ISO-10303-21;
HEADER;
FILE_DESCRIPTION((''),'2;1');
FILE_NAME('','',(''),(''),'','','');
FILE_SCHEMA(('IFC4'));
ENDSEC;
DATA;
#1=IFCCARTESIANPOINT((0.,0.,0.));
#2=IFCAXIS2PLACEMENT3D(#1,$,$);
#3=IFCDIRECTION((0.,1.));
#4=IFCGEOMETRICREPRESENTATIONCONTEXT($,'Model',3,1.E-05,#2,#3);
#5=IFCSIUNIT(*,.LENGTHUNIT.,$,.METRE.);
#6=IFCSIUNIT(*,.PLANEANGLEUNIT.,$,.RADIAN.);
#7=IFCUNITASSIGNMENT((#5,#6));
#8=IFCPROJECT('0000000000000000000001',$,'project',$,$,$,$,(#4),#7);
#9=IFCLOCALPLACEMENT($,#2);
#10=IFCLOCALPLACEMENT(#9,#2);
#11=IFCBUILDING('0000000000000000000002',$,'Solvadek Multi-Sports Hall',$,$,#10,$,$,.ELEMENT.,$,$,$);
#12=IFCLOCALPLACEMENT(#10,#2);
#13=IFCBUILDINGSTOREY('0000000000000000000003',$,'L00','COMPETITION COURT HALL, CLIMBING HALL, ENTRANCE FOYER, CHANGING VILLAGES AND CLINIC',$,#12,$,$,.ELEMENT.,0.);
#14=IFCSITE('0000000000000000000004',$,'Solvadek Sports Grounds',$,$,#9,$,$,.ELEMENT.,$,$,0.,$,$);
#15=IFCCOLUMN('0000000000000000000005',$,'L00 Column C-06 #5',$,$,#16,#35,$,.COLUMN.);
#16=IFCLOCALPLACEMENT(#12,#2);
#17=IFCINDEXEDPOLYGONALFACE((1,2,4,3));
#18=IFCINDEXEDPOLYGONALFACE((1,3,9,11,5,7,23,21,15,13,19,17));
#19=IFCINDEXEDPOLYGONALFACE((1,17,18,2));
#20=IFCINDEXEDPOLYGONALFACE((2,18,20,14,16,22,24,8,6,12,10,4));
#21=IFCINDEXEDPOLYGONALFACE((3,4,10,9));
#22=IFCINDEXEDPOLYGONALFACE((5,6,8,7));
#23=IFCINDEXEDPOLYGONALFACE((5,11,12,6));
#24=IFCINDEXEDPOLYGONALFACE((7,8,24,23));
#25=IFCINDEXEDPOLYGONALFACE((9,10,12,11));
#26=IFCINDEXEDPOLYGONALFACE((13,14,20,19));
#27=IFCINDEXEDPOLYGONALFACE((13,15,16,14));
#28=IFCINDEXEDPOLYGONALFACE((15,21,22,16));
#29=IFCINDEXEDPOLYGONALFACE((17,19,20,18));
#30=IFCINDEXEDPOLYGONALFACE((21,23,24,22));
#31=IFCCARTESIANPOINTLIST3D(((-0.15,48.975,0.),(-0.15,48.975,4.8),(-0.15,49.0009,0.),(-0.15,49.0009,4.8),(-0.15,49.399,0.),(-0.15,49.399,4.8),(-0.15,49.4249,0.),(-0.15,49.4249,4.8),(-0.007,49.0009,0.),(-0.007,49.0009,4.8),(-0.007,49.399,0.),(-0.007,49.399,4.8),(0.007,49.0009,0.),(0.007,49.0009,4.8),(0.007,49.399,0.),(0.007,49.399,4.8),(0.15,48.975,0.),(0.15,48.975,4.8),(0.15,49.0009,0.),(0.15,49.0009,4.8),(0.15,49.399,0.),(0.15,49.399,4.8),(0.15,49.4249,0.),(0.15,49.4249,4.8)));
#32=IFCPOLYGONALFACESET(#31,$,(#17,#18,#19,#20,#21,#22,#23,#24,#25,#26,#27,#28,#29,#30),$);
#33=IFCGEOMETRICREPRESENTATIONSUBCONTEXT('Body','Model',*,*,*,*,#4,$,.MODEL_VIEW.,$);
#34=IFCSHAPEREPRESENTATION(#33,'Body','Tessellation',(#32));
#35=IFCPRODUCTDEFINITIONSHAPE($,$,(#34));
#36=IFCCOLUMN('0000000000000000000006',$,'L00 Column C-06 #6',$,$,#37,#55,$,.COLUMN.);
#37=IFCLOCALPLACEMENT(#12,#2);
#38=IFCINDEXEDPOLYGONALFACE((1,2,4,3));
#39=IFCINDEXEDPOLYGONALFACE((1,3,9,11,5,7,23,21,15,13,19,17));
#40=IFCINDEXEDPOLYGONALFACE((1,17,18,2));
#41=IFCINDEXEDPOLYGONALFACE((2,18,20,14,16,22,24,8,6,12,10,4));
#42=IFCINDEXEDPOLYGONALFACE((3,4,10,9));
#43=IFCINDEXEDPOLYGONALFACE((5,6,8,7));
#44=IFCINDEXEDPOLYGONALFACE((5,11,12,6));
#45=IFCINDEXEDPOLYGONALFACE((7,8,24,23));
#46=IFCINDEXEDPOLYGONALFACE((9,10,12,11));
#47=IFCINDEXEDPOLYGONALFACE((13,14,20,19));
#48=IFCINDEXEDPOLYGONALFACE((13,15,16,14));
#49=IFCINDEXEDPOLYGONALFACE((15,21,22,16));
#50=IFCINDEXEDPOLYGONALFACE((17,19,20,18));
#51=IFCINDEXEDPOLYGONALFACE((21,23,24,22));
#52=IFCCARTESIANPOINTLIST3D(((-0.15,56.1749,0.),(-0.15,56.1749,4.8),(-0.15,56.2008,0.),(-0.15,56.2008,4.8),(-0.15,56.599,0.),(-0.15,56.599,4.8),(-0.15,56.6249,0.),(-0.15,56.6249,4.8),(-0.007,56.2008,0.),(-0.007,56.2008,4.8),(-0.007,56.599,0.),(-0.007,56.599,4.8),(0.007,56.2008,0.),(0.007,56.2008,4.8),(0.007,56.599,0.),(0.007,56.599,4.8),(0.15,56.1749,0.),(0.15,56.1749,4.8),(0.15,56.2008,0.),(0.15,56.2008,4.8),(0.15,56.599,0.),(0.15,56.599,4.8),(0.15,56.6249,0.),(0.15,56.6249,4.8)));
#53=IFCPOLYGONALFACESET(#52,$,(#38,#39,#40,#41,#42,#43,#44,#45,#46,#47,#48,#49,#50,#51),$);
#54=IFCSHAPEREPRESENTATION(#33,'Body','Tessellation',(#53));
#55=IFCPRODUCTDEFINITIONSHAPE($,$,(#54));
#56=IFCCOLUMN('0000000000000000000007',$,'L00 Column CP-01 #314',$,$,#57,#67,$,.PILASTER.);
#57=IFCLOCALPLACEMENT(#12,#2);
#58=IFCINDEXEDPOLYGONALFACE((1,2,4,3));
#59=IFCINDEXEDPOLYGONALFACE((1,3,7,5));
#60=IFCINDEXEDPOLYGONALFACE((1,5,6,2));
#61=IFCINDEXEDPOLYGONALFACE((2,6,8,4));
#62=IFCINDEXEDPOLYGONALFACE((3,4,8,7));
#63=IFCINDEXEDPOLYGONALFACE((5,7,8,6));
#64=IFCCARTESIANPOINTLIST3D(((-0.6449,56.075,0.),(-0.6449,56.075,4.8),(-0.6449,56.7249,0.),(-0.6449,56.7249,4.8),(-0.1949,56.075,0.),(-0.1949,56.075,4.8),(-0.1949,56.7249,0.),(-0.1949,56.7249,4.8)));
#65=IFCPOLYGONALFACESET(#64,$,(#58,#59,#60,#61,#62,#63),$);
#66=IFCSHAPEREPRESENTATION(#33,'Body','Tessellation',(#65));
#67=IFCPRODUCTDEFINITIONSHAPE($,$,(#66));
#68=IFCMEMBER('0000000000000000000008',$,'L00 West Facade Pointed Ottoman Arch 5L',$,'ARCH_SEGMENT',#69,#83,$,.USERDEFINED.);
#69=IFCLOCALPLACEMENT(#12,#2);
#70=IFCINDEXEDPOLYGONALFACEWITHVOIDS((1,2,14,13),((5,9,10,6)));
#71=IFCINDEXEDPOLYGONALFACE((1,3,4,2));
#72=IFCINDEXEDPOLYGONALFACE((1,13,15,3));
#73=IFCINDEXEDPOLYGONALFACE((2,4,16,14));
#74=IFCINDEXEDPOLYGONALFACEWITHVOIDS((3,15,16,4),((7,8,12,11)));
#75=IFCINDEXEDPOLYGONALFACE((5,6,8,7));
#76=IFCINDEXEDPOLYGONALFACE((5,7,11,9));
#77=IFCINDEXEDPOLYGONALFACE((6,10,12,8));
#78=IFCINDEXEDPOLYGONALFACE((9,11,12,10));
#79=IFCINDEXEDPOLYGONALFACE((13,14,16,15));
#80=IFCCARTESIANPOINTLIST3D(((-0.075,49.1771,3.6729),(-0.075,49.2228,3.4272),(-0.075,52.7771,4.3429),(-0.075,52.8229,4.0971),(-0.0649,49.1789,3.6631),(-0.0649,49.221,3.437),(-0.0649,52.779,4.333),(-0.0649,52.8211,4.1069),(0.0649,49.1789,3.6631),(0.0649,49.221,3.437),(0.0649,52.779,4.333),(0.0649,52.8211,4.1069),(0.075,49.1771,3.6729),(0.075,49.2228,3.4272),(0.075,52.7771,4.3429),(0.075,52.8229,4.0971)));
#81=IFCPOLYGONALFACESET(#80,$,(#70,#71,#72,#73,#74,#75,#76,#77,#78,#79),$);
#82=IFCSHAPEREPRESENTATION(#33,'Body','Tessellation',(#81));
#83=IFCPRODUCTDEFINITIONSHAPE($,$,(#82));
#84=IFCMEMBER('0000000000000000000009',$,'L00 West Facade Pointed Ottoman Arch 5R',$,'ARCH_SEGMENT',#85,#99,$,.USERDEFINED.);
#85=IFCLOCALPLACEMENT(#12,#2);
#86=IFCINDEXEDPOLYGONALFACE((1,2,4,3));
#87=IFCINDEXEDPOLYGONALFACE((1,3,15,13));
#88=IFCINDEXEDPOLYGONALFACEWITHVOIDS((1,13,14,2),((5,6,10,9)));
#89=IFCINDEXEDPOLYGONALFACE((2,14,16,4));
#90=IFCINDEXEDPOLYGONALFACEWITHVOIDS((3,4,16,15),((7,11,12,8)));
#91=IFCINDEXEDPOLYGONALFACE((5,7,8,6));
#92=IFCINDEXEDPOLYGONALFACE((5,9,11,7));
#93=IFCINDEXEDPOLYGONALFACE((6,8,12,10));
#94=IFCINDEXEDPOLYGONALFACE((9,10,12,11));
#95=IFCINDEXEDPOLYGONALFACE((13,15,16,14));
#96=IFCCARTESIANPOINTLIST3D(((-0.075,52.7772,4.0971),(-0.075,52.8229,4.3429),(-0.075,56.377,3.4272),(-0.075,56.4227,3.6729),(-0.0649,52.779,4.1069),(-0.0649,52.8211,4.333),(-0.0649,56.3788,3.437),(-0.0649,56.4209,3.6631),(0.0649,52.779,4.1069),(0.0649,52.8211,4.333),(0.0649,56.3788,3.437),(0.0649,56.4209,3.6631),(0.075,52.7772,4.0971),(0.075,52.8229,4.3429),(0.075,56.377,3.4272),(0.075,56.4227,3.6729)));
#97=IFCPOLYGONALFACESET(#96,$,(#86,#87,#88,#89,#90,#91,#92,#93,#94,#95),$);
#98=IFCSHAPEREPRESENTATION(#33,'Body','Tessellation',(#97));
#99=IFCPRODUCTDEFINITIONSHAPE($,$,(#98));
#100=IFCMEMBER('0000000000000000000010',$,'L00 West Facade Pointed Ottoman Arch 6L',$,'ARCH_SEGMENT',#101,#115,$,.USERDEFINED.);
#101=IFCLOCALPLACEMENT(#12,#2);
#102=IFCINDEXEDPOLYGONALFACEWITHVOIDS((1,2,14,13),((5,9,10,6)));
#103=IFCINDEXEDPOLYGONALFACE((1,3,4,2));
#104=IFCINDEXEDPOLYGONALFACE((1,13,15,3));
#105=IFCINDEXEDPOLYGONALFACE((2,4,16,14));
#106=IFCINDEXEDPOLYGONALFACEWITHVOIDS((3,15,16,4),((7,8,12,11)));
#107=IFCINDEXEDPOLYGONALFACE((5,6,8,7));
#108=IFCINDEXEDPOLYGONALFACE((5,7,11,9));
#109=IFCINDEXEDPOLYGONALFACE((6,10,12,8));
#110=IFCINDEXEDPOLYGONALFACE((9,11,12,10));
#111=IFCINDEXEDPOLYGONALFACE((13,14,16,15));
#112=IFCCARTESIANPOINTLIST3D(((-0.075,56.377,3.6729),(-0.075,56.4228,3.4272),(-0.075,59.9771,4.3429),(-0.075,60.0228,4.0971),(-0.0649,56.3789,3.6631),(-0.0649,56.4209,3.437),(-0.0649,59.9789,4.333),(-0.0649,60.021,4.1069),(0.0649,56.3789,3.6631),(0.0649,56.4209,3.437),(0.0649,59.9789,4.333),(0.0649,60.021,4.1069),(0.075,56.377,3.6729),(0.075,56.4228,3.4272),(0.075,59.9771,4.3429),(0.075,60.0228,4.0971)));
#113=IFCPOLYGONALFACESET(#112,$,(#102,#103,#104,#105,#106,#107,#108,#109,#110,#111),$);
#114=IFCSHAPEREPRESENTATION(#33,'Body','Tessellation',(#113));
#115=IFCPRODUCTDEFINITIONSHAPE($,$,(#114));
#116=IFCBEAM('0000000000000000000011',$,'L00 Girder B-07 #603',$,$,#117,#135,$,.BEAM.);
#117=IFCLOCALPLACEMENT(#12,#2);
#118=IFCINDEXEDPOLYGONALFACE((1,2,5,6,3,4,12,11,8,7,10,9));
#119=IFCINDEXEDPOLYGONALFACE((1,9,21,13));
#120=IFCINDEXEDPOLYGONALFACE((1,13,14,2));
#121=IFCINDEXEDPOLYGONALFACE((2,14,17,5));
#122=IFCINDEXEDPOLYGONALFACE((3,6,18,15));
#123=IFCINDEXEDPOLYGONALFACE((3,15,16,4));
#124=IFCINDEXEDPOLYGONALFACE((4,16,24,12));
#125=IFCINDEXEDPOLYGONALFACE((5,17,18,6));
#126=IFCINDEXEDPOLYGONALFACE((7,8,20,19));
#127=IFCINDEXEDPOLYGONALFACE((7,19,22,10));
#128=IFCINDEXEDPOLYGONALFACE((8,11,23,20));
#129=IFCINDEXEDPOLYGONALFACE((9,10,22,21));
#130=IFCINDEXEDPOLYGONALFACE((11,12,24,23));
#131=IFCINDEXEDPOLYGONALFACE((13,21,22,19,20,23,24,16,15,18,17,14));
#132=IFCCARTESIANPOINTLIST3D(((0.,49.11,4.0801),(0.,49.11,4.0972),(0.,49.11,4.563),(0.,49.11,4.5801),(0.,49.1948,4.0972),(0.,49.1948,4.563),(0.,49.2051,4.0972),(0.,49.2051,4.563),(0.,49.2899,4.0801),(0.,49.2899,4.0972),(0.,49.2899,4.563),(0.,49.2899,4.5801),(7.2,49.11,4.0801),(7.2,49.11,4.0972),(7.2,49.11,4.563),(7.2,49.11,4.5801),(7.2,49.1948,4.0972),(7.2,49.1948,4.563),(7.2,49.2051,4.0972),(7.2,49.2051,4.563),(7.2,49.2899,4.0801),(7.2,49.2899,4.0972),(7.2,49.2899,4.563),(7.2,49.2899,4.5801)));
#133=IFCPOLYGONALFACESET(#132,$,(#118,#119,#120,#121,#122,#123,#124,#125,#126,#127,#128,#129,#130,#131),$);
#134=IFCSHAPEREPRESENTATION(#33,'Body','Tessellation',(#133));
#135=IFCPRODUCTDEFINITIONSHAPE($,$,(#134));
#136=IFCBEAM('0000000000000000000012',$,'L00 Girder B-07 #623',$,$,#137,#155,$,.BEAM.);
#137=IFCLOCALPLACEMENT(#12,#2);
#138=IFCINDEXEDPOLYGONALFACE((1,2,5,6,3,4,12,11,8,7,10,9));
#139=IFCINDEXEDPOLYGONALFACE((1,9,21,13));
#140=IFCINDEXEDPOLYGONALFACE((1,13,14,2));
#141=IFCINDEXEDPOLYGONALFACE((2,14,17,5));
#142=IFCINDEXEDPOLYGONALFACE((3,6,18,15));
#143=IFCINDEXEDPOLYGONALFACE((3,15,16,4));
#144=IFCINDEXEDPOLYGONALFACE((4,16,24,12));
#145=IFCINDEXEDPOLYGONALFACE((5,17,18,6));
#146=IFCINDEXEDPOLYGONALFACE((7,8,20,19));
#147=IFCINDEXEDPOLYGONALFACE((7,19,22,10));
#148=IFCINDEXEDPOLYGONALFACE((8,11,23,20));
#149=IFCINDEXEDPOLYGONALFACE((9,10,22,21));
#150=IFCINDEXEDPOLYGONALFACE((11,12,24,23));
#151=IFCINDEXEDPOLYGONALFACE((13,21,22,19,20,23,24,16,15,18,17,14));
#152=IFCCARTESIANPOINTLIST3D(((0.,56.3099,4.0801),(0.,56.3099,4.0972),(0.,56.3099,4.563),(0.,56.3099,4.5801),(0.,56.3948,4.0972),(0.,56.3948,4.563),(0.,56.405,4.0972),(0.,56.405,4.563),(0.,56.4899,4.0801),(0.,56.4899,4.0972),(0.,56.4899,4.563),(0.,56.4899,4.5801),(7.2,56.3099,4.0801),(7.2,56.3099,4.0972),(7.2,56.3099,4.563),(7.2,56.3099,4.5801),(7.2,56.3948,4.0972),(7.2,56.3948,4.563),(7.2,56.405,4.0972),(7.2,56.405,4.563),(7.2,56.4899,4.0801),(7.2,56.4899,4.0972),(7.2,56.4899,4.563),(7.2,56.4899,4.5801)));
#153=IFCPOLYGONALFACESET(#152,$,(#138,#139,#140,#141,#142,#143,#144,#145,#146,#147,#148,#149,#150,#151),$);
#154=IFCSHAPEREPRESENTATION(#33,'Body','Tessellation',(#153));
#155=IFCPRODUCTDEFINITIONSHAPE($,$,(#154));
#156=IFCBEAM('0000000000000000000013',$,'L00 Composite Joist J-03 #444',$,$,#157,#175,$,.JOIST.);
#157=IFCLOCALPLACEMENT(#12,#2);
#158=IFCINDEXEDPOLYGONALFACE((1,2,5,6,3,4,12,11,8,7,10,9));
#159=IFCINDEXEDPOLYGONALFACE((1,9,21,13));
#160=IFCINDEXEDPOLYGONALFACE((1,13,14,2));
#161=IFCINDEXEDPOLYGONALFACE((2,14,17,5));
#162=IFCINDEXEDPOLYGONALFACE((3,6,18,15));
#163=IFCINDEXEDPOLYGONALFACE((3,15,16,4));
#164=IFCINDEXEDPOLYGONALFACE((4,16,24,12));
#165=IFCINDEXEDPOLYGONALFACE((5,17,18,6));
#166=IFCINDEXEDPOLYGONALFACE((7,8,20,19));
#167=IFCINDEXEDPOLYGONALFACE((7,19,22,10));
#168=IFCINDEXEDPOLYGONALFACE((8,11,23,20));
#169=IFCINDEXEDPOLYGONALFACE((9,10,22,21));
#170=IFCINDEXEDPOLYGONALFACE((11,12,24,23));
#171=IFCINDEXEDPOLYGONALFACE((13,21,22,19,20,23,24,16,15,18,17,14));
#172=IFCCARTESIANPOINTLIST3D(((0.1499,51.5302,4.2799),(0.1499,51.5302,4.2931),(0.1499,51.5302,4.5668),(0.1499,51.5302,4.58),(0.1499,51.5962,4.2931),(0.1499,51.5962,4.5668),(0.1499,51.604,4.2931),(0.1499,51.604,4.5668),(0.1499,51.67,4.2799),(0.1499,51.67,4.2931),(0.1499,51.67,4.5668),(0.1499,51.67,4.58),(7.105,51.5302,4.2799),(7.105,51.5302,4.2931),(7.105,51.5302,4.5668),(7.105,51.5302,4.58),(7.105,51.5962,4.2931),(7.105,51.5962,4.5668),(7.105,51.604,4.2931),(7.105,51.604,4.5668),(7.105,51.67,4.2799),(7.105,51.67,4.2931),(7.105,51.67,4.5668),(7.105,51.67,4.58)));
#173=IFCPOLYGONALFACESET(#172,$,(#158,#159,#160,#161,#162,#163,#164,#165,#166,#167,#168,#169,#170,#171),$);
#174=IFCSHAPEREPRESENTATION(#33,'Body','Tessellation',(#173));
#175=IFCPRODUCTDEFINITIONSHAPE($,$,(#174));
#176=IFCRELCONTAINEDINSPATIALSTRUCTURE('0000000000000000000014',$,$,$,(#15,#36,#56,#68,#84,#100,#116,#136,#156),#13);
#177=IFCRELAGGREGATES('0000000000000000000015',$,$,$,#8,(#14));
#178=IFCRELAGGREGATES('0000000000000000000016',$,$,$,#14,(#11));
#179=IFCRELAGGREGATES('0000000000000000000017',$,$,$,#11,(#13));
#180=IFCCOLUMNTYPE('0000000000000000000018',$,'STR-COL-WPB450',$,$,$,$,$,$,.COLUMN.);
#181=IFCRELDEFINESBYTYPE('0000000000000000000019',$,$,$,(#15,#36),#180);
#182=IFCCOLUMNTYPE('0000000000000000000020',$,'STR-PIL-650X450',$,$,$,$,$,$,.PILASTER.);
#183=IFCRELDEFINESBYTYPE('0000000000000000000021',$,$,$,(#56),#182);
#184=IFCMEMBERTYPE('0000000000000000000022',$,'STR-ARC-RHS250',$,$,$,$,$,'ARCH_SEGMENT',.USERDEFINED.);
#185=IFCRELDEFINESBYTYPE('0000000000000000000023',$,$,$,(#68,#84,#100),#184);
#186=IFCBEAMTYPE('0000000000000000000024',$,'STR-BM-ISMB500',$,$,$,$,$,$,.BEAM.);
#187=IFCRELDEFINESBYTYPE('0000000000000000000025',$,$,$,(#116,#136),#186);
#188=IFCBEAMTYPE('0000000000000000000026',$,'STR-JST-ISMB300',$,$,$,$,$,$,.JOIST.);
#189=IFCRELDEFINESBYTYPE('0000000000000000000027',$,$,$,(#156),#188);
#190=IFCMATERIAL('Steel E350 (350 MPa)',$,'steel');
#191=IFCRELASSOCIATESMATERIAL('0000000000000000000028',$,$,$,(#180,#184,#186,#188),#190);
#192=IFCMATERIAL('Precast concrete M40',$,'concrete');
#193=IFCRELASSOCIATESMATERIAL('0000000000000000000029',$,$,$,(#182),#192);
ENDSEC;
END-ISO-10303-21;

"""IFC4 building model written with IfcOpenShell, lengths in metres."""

from ifc_helpers import new_model, si_unit, direction, frame, origin, origin_2d, place, context, subcontext, project, spatial, rectangle, hollow_rectangle, i_section, extrude, material, material_profile, profile_set, type_object, element, save


model = new_model("IFC4")

# Units and contexts
model_context = context("Model", 3, precision=1e-05, world=origin(), true_north=direction((0.0, 1.0)))
body_context = subcontext(model_context, "Body", "Model", "MODEL_VIEW")
ifc_project = project(units=[si_unit("LENGTHUNIT", "METRE"), si_unit("PLANEANGLEUNIT", "RADIAN")], contexts=[model_context])

# Site, building, storey
site_placement = place(None, origin())
site = spatial("IfcSite", under=ifc_project, at=site_placement, Name="Solvadek Sports Grounds", CompositionType="ELEMENT", RefElevation=0.0)
building_placement = place(site_placement, origin())
building = spatial("IfcBuilding", under=site, at=building_placement, Name="Solvadek Multi-Sports Hall", CompositionType="ELEMENT")
storey_placement = place(building_placement, origin())
storey = spatial("IfcBuildingStorey", under=building, at=storey_placement, Name="L00", Description="COMPETITION COURT HALL, CLIMBING HALL, ENTRANCE FOYER, CHANGING VILLAGES AND CLINIC", CompositionType="ELEMENT", Elevation=0.0)

# Columns
ifc_material_1 = material(Name="Steel E350 (350 MPa)", Category="steel")
ifc_material_profile_1 = material_profile(ifc_material_1, i_section(OverallWidth=0.3, OverallDepth=0.45, WebThickness=0.0139, FlangeThickness=0.0259, at=origin_2d()), Name="WPB 450")
ifc_profile_set_1 = profile_set([ifc_material_profile_1], Name="Steel E350 (350 MPa)")
column_type_1 = type_object("IfcColumnType", Name="STR-COL-WPB450", PredefinedType="COLUMN", material=ifc_profile_set_1)
for number, where, z_axis, x_axis, name in (
    (1, (0.0, 49.2, 0.0), (0.0, 0.0, 1.0), (1.0, 0.0, 0.0), "L00 Column C-06 #5"),
    (2, (0.0, 56.3999, 0.0), (0.0, 0.0, 1.0), (1.0, 0.0, 0.0), "L00 Column C-06 #6"),
):
    element("IfcColumn", number, at=place(storey_placement, frame(where, z_axis=z_axis, x_axis=x_axis)), inside=storey, type_object=column_type_1, Name=name, PredefinedType="COLUMN", context=body_context, shape_type="SweptSolid", body=[
        extrude(i_section(OverallWidth=0.3, OverallDepth=0.45, WebThickness=0.0139, FlangeThickness=0.0259, at=origin_2d()), origin(), (0.0, 0.0, 1.0), 4.8),
    ])
ifc_material_2 = material(Name="Precast concrete M40", Category="concrete")
ifc_material_profile_2 = material_profile(ifc_material_2, rectangle(XDim=0.45, YDim=0.6499, at=origin_2d()), Name="RC PILASTER 650x450")
ifc_profile_set_2 = profile_set([ifc_material_profile_2], Name="Precast concrete M40")
column_type_2 = type_object("IfcColumnType", Name="STR-PIL-650X450", PredefinedType="PILASTER", material=ifc_profile_set_2)
column_placement = place(storey_placement, frame((-0.4199, 56.3999, 0.0), z_axis=(0.0, 0.0, 1.0), x_axis=(1.0, 0.0, 0.0)))
element("IfcColumn", 3, at=column_placement, inside=storey, type_object=column_type_2, Name="L00 Column CP-01 #314", PredefinedType="PILASTER", context=body_context, shape_type="SweptSolid", body=[
    extrude(rectangle(XDim=0.45, YDim=0.6499, at=origin_2d()), origin(), (0.0, 0.0, 1.0), 4.8),
])

# Members
ifc_material_profile_3 = material_profile(ifc_material_1, hollow_rectangle(XDim=0.1499, YDim=0.25, WallThickness=0.01, at=origin_2d()), Name="RHS 250x150x10")
ifc_profile_set_3 = profile_set([ifc_material_profile_3], Name="Steel E350 (350 MPa)")
member_type = type_object("IfcMemberType", Name="STR-ARC-RHS250", ElementType="ARCH_SEGMENT", PredefinedType="USERDEFINED", material=ifc_profile_set_3)
member_1_placement = place(storey_placement, frame((0.0, 49.2, 3.55), z_axis=(0.0, 0.983123, 0.182944), x_axis=(-1.0, 0.0, 0.0)))
element("IfcMember", 4, at=member_1_placement, inside=storey, type_object=member_type, Name="L00 West Facade Pointed Ottoman Arch 5L", ObjectType="ARCH_SEGMENT", PredefinedType="USERDEFINED", context=body_context, shape_type="SweptSolid", body=[
    extrude(hollow_rectangle(XDim=0.1499, YDim=0.25, WallThickness=0.01, at=origin_2d()), origin(), (0.0, 0.0, 1.0), 3.6619),
])
member_2_placement = place(storey_placement, frame((0.0, 52.8, 4.22), z_axis=(0.0, 0.983121, -0.182956), x_axis=(-1.0, 0.0, 0.0)))
element("IfcMember", 5, at=member_2_placement, inside=storey, type_object=member_type, Name="L00 West Facade Pointed Ottoman Arch 5R", ObjectType="ARCH_SEGMENT", PredefinedType="USERDEFINED", context=body_context, shape_type="SweptSolid", body=[
    extrude(hollow_rectangle(XDim=0.1499, YDim=0.25, WallThickness=0.01, at=origin_2d()), origin(), (0.0, 0.0, 1.0), 3.6616),
])
member_3_placement = place(storey_placement, frame((0.0, 56.3999, 3.55), z_axis=(0.0, 0.983123, 0.182944), x_axis=(-1.0, 0.0, 0.0)))
element("IfcMember", 6, at=member_3_placement, inside=storey, type_object=member_type, Name="L00 West Facade Pointed Ottoman Arch 6L", ObjectType="ARCH_SEGMENT", PredefinedType="USERDEFINED", context=body_context, shape_type="SweptSolid", body=[
    extrude(hollow_rectangle(XDim=0.1499, YDim=0.25, WallThickness=0.01, at=origin_2d()), origin(), (0.0, 0.0, 1.0), 3.6619),
])

# Beams
ifc_material_profile_4 = material_profile(ifc_material_1, i_section(OverallWidth=0.1799, OverallDepth=0.5, WebThickness=0.0103, FlangeThickness=0.0171, at=origin_2d()), Name="ISMB 500")
ifc_profile_set_4 = profile_set([ifc_material_profile_4], Name="Steel E350 (350 MPa)")
beam_type_1 = type_object("IfcBeamType", Name="STR-BM-ISMB500", PredefinedType="BEAM", material=ifc_profile_set_4)
for number, where, z_axis, x_axis, name in (
    (7, (0.0, 49.2, 4.3301), (1.0, 0.0, 0.0), (0.0, 1.0, 0.0), "L00 Girder B-07 #603"),
    (8, (0.0, 56.3999, 4.3301), (1.0, 0.0, 0.0), (0.0, 1.0, 0.0), "L00 Girder B-07 #623"),
):
    element("IfcBeam", number, at=place(storey_placement, frame(where, z_axis=z_axis, x_axis=x_axis)), inside=storey, type_object=beam_type_1, Name=name, PredefinedType="BEAM", context=body_context, shape_type="SweptSolid", body=[
        extrude(i_section(OverallWidth=0.1799, OverallDepth=0.5, WebThickness=0.0103, FlangeThickness=0.0171, at=origin_2d()), origin(), (0.0, 0.0, 1.0), 7.2),
    ])
ifc_material_profile_5 = material_profile(ifc_material_1, i_section(OverallWidth=0.1399, OverallDepth=0.3, WebThickness=0.0078, FlangeThickness=0.0132, at=origin_2d()), Name="ISMB 300")
ifc_profile_set_5 = profile_set([ifc_material_profile_5], Name="Steel E350 (350 MPa)")
beam_type_2 = type_object("IfcBeamType", Name="STR-JST-ISMB300", PredefinedType="JOIST", material=ifc_profile_set_5)
for number, where, z_axis, x_axis, name in (
    (9, (0.1499, 51.6001, 4.4299), (1.0, 0.0, 0.0), (0.0, 1.0, 0.0), "L00 Composite Joist J-03 #444"),
):
    element("IfcBeam", number, at=place(storey_placement, frame(where, z_axis=z_axis, x_axis=x_axis)), inside=storey, type_object=beam_type_2, Name=name, PredefinedType="JOIST", context=body_context, shape_type="SweptSolid", body=[
        extrude(i_section(OverallWidth=0.1399, OverallDepth=0.3, WebThickness=0.0078, FlangeThickness=0.0132, at=origin_2d()), origin(), (0.0, 0.0, 1.0), 6.9551),
    ])

save(model, "model.ifc")
